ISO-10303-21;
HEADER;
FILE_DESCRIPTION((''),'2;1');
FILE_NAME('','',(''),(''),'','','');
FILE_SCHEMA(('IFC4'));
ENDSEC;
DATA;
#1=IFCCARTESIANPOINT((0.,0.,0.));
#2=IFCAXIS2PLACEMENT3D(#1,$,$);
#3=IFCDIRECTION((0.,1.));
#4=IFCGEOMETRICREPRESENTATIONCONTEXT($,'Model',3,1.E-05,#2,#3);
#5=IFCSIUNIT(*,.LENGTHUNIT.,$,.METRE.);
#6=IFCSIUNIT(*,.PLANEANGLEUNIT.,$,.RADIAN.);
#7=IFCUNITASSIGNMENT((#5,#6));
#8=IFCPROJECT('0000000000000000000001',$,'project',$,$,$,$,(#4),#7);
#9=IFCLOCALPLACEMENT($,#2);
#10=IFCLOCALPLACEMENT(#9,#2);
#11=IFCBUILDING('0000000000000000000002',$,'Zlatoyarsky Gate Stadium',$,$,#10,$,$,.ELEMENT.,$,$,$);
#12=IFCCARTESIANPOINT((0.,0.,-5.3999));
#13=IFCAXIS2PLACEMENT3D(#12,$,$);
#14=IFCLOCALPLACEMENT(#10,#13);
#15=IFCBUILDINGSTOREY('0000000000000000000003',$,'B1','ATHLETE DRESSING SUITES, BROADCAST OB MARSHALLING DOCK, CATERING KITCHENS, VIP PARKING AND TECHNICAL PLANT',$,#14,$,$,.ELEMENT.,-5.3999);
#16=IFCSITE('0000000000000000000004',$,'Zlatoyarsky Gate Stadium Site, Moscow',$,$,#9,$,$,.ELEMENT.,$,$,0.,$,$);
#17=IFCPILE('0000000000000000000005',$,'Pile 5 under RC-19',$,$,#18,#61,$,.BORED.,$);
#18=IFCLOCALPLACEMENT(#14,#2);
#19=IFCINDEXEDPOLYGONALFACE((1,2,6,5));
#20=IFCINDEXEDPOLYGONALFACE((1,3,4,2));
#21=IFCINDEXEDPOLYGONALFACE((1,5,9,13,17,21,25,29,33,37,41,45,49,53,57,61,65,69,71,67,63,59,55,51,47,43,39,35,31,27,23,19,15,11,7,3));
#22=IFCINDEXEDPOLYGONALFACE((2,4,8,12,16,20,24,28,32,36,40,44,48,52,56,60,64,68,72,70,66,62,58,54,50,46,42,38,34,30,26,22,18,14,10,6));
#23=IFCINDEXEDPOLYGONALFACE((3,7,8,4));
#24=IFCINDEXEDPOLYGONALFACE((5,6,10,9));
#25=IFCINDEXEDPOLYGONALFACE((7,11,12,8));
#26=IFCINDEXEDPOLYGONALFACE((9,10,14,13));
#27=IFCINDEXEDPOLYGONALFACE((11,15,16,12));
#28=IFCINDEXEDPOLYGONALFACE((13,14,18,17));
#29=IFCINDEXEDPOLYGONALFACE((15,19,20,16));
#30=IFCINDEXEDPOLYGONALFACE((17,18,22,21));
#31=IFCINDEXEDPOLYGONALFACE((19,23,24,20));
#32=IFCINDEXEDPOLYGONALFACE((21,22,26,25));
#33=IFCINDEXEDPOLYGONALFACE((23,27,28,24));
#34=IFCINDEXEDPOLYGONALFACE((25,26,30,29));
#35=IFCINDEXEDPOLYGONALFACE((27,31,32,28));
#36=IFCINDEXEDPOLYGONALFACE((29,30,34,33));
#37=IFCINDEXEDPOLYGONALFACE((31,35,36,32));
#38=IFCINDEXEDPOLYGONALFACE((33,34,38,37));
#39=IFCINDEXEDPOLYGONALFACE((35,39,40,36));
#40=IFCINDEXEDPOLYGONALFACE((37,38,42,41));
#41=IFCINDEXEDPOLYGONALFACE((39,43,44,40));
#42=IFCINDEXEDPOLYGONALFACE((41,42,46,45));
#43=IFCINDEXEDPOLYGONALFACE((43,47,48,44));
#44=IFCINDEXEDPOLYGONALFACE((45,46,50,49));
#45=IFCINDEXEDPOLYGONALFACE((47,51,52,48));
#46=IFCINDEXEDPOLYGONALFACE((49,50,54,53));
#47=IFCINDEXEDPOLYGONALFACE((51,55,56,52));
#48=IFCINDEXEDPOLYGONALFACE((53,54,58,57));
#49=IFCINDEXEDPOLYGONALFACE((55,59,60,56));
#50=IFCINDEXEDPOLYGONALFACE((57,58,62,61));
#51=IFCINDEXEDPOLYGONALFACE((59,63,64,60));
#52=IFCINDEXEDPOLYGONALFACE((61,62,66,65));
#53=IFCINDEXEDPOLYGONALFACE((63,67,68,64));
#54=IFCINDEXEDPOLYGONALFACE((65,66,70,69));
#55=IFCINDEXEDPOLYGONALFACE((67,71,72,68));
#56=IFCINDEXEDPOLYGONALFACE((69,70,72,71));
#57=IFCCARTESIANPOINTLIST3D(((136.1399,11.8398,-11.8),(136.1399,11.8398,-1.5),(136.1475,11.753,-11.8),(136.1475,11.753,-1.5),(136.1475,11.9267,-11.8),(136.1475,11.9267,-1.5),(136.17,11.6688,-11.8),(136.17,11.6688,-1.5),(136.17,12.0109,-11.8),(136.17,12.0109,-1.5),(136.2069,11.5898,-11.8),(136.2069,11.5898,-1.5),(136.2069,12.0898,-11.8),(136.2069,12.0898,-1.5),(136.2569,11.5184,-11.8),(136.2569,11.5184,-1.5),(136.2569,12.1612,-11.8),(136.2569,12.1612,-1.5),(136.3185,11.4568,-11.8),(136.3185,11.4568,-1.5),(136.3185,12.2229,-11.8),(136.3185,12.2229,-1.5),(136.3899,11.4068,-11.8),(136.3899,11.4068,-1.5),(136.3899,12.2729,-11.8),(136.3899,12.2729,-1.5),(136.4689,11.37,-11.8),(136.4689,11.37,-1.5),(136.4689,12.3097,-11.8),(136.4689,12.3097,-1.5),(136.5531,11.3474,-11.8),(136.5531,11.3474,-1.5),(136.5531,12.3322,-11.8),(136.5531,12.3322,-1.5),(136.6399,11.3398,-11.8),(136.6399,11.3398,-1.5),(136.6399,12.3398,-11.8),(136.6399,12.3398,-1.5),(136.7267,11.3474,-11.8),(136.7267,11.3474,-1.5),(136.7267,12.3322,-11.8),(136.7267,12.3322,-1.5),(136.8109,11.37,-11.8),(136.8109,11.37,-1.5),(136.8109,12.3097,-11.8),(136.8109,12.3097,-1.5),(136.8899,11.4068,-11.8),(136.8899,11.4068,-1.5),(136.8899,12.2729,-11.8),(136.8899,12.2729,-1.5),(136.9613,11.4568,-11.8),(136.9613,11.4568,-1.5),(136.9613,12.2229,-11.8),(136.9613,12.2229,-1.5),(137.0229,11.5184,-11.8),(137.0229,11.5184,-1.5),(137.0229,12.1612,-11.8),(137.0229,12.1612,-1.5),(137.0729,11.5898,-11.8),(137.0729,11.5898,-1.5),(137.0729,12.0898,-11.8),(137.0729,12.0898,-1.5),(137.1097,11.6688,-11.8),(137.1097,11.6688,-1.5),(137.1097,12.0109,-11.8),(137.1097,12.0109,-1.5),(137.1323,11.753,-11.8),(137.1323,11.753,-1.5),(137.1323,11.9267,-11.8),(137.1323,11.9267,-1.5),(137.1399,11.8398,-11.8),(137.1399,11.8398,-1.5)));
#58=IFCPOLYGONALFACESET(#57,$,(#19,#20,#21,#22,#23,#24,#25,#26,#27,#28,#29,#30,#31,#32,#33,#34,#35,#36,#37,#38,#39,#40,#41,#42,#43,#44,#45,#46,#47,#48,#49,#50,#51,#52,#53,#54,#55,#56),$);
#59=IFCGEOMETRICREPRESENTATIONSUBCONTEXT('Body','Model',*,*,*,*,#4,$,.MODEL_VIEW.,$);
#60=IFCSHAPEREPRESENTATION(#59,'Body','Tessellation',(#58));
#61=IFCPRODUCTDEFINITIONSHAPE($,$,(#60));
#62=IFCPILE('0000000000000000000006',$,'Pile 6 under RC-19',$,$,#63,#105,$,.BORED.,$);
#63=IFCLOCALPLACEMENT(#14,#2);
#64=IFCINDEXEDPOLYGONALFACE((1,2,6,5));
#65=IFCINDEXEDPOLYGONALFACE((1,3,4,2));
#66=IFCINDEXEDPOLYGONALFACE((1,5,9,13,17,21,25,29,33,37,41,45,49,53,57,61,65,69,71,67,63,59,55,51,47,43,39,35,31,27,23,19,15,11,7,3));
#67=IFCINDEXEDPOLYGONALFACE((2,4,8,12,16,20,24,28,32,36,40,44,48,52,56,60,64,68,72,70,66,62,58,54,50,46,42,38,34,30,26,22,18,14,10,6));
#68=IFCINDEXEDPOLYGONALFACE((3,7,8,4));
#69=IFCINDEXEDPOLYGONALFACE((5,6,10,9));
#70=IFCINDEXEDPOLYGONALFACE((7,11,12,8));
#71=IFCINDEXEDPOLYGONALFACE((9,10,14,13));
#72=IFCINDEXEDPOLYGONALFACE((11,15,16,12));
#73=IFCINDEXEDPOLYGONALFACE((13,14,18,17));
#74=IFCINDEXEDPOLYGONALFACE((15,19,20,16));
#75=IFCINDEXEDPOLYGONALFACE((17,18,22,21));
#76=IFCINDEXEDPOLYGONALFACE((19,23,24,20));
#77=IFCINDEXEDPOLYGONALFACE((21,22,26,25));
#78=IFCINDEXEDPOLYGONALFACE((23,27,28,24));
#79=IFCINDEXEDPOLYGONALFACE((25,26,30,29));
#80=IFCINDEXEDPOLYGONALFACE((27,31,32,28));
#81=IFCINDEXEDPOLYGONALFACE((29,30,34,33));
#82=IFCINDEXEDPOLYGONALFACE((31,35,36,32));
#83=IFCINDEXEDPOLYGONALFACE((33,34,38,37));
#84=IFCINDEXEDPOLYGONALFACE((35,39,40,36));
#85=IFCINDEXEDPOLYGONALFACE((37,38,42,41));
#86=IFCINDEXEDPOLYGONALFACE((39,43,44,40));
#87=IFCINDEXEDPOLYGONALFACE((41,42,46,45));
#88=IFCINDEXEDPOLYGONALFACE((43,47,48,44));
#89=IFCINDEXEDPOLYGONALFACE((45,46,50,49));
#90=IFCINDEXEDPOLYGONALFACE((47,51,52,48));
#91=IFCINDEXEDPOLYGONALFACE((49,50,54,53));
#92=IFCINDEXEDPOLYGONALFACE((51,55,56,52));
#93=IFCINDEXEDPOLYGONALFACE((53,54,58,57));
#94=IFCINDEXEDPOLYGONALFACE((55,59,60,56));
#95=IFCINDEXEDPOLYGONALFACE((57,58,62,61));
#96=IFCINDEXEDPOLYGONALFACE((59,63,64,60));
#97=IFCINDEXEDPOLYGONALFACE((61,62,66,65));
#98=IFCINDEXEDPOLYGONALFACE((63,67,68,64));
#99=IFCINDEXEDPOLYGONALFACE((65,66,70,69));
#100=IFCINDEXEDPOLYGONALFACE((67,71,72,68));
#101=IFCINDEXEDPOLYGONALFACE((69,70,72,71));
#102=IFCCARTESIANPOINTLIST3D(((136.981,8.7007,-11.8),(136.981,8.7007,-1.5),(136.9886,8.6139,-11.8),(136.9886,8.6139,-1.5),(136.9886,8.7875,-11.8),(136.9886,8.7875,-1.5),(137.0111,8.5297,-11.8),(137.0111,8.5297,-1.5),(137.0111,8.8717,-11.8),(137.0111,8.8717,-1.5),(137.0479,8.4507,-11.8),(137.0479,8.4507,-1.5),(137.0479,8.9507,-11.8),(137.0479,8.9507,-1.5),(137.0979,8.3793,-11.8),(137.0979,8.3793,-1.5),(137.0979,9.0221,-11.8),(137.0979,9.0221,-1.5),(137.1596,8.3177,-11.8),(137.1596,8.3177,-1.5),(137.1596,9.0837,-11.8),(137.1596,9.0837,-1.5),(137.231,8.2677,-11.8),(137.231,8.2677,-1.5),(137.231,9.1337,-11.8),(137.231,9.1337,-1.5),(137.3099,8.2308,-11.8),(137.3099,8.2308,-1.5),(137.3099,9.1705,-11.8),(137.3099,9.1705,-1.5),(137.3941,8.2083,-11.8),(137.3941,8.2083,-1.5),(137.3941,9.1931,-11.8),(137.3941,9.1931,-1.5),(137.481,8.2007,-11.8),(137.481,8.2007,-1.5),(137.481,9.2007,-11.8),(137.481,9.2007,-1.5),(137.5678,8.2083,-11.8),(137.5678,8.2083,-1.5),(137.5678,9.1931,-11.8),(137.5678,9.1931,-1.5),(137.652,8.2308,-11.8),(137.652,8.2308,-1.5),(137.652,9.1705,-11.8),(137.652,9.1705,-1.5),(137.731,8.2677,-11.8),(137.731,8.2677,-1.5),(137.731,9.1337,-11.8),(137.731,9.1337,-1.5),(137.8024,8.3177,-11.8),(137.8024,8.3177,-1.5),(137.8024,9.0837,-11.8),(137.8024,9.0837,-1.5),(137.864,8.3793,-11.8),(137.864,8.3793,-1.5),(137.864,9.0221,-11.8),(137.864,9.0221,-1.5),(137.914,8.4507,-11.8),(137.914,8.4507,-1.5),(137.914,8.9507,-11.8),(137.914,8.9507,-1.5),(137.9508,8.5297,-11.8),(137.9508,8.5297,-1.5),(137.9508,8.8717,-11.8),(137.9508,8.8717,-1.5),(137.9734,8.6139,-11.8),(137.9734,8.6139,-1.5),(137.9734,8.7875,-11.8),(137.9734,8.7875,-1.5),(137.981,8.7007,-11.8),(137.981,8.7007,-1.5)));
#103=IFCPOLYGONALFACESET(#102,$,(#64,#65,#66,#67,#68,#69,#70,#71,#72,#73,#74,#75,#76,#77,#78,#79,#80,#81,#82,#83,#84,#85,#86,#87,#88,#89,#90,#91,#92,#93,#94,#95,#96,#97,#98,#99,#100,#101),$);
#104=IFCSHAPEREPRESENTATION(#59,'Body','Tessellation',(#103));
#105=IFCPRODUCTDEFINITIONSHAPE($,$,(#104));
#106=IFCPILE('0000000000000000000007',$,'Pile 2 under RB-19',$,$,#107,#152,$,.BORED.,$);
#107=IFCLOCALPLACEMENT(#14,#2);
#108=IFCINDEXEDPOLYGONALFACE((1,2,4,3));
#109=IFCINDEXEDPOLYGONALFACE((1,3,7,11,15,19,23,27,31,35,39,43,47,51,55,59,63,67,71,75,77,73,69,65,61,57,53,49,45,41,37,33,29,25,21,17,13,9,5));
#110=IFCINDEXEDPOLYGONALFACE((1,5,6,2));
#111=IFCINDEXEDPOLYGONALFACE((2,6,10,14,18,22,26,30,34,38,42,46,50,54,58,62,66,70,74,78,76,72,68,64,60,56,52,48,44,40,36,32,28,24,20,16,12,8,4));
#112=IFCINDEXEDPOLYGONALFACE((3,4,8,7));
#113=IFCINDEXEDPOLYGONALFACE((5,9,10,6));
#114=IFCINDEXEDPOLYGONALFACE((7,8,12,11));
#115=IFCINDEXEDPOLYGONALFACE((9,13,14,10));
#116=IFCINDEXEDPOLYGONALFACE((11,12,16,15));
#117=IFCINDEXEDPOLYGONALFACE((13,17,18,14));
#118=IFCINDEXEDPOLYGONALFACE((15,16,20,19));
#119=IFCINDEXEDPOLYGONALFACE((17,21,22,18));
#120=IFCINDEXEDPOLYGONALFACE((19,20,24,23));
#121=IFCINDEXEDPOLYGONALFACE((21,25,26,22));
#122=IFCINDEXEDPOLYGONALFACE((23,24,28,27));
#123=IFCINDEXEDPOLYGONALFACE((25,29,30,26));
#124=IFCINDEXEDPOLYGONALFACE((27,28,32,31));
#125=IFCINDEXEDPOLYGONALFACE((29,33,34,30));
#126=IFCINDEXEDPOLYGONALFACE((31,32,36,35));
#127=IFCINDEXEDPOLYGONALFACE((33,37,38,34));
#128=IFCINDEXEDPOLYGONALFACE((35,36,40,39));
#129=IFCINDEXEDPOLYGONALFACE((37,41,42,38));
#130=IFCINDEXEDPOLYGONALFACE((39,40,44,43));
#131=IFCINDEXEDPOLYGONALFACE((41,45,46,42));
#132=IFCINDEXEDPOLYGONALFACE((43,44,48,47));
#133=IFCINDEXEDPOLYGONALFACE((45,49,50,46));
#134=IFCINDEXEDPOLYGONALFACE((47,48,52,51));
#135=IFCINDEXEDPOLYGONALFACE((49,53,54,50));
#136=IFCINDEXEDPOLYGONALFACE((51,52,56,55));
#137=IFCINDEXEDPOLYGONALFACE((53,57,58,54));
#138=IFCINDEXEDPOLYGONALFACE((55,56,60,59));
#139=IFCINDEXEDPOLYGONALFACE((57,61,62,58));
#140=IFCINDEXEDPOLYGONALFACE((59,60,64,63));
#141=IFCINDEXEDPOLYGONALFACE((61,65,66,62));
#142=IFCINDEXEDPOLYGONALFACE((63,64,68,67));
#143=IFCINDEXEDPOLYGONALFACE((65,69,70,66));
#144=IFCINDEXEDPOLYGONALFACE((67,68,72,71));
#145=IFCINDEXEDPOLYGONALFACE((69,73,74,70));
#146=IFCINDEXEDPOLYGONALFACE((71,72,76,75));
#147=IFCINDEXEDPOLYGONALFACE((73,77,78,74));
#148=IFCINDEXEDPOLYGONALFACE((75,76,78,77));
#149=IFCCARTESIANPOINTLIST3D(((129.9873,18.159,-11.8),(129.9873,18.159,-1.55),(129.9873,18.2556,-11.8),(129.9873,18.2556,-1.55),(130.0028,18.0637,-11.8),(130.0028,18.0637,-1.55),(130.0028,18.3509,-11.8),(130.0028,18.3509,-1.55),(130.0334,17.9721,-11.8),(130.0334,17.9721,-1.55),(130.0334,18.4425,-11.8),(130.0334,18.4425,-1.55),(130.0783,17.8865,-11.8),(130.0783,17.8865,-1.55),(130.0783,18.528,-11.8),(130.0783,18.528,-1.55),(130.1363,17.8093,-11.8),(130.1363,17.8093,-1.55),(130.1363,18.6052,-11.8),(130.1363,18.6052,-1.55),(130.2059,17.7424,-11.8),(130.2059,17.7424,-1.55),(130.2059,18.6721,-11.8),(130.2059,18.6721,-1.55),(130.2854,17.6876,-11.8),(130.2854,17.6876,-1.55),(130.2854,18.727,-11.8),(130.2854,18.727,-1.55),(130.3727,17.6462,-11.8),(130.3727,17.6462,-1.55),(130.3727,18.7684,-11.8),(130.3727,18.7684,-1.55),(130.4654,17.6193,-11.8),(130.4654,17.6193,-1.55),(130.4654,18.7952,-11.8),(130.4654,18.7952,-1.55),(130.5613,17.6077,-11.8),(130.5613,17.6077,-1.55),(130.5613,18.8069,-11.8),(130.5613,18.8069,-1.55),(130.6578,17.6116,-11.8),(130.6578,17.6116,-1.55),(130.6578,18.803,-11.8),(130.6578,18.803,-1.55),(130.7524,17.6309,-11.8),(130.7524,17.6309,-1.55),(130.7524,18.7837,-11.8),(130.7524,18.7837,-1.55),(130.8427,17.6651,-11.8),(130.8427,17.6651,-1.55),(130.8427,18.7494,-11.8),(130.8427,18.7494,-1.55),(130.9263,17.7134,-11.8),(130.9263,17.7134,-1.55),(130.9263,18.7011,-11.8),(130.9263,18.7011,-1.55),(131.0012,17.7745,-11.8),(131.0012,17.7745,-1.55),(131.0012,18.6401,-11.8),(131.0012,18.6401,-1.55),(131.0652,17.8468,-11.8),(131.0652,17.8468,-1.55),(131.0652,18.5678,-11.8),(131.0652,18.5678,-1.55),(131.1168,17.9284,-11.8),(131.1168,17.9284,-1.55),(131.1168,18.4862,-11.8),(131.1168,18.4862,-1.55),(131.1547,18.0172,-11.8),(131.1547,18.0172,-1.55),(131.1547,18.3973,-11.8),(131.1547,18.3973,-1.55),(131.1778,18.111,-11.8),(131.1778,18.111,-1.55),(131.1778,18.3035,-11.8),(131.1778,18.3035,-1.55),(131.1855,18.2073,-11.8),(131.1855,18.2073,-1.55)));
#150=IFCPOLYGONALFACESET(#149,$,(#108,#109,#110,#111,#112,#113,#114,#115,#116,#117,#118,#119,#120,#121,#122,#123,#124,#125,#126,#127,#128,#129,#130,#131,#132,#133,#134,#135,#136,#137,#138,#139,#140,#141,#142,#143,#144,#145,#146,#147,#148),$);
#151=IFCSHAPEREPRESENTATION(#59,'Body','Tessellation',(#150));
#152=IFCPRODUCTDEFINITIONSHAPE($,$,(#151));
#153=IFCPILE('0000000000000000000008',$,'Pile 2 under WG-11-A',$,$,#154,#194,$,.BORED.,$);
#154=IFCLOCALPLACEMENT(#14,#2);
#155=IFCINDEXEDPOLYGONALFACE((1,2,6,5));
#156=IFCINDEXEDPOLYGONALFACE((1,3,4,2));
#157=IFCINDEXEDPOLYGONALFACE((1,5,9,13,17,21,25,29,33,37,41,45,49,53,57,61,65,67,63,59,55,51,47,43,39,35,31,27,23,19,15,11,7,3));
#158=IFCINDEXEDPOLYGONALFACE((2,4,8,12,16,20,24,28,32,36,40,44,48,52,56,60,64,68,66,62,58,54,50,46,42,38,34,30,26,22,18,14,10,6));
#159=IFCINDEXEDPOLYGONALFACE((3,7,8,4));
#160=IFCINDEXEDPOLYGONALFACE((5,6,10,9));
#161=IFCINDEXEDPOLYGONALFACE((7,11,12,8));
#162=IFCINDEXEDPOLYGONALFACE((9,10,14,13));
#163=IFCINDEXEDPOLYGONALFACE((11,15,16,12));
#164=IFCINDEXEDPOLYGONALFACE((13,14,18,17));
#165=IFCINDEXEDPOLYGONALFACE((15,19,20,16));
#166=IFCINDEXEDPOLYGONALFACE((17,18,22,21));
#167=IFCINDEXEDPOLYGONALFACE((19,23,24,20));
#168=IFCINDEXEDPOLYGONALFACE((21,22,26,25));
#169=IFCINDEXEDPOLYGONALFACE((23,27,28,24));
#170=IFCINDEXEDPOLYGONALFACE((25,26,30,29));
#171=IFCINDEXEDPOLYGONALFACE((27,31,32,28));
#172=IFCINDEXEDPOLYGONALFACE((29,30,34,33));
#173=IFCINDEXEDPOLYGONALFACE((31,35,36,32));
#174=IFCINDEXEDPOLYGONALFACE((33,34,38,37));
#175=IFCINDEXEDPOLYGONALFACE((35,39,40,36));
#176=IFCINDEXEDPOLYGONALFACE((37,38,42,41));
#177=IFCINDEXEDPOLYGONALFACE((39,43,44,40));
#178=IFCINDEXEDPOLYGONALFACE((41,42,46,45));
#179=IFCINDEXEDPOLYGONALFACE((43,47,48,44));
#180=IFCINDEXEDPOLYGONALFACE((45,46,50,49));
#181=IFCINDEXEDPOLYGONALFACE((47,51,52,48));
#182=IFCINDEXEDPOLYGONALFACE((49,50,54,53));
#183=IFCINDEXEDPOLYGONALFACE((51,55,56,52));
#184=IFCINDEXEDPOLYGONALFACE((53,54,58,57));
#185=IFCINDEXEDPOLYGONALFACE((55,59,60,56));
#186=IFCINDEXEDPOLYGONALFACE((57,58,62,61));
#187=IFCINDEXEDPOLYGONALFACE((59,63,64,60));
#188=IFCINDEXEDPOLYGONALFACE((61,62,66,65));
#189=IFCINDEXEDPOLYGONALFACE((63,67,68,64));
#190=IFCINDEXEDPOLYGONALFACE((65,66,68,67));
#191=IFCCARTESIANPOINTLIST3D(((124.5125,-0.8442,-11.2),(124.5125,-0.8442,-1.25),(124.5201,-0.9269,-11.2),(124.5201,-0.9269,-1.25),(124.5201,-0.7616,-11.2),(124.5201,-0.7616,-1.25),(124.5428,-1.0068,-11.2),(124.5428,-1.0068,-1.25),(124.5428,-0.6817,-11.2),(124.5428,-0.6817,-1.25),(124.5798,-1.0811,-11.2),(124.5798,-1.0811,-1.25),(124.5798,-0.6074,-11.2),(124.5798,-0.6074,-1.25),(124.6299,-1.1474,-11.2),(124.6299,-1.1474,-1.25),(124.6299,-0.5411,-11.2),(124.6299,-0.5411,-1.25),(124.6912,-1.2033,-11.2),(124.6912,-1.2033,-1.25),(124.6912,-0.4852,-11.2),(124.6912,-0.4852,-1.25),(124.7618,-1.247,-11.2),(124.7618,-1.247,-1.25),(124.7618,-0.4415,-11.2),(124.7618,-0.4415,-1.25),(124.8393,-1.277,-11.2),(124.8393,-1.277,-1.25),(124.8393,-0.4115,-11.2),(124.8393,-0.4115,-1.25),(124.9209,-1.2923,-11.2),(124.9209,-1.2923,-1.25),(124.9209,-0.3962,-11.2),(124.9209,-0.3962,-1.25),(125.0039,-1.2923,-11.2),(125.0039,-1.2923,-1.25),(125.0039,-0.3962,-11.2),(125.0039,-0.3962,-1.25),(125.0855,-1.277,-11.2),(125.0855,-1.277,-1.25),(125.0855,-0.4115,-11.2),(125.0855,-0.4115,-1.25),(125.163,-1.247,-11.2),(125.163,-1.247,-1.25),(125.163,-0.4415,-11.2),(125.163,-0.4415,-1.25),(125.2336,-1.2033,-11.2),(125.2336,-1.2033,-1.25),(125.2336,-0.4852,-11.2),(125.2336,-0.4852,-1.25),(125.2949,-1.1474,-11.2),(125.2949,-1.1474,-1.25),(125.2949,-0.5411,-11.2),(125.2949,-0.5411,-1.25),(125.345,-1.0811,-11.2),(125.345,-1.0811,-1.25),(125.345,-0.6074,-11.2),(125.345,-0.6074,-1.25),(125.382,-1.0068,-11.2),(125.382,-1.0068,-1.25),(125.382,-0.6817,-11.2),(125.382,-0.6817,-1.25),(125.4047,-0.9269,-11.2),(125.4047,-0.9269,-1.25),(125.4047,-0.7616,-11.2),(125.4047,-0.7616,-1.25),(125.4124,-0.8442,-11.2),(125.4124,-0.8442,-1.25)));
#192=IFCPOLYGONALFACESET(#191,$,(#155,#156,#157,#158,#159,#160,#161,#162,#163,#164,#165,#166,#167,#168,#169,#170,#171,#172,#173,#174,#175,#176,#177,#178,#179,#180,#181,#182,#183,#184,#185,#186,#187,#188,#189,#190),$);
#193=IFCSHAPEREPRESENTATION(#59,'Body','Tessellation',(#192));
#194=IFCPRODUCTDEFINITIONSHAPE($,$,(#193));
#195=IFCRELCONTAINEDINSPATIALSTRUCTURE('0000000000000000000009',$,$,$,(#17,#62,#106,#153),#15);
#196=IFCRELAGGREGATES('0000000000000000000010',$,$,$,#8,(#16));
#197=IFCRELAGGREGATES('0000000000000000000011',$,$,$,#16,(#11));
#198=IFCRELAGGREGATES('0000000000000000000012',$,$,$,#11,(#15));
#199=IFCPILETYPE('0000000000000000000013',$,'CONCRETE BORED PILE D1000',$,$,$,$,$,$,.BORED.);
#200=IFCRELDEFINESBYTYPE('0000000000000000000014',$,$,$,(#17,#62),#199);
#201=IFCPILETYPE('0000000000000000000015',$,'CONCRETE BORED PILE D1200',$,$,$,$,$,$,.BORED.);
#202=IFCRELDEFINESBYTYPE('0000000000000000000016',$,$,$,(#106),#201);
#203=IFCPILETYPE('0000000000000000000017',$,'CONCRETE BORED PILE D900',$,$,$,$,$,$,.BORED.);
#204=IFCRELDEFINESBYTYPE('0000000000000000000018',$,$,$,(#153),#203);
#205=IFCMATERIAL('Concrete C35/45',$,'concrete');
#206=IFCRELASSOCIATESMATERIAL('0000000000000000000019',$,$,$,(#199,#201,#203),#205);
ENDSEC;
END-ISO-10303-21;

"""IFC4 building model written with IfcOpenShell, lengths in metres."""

from ifc_helpers import new_model, si_unit, direction, frame, origin, origin_2d, place, context, subcontext, project, spatial, circle, extrude, material, material_profile, profile_set, type_object, element, save


model = new_model("IFC4")

# Units and contexts
model_context = context("Model", 3, precision=1e-05, world=origin(), true_north=direction((0.0, 1.0)))
body_context = subcontext(model_context, "Body", "Model", "MODEL_VIEW")
ifc_project = project(units=[si_unit("LENGTHUNIT", "METRE"), si_unit("PLANEANGLEUNIT", "RADIAN")], contexts=[model_context])

# Site, building, storey
site_placement = place(None, origin())
site = spatial("IfcSite", under=ifc_project, at=site_placement, Name="Zlatoyarsky Gate Stadium Site, Moscow", CompositionType="ELEMENT", RefElevation=0.0)
building_placement = place(site_placement, origin())
building = spatial("IfcBuilding", under=site, at=building_placement, Name="Zlatoyarsky Gate Stadium", CompositionType="ELEMENT")
storey_placement = place(building_placement, frame((0.0, 0.0, -5.3999)))
storey = spatial("IfcBuildingStorey", under=building, at=storey_placement, Name="B1", Description="ATHLETE DRESSING SUITES, BROADCAST OB MARSHALLING DOCK, CATERING KITCHENS, VIP PARKING AND TECHNICAL PLANT", CompositionType="ELEMENT", Elevation=-5.3999)

# Piles
ifc_material_1 = material(Name="Concrete C35/45", Category="concrete")
ifc_material_profile_1 = material_profile(ifc_material_1, circle(Radius=0.5, at=origin_2d()), Name="BORED PILE D1000")
ifc_profile_set_1 = profile_set([ifc_material_profile_1], Name="Concrete C35/45")
pile_type_1 = type_object("IfcPileType", Name="CONCRETE BORED PILE D1000", PredefinedType="BORED", material=ifc_profile_set_1)
for number, where, z_axis, x_axis, name in (
    (1, (136.6399, 11.8398, -1.5), (0.0, 0.0, -1.0), (1.0, 0.0, 0.0), "Pile 5 under RC-19"),
    (2, (137.481, 8.7007, -1.5), (0.0, 0.0, -1.0), (1.0, 0.0, 0.0), "Pile 6 under RC-19"),
):
    element("IfcPile", number, at=place(storey_placement, frame(where, z_axis=z_axis, x_axis=x_axis)), inside=storey, type_object=pile_type_1, Name=name, PredefinedType="BORED", context=body_context, shape_type="SweptSolid", body=[
        extrude(circle(Radius=0.5, at=origin_2d()), origin(), (0.0, 0.0, 1.0), 10.3),
    ])
ifc_material_profile_2 = material_profile(ifc_material_1, circle(Radius=0.6001, at=origin_2d()), Name="BORED PILE D1200")
ifc_profile_set_2 = profile_set([ifc_material_profile_2], Name="Concrete C35/45")
pile_type_2 = type_object("IfcPileType", Name="CONCRETE BORED PILE D1200", PredefinedType="BORED", material=ifc_profile_set_2)
pile_placement = place(storey_placement, frame((130.5854, 18.2073, -1.55), z_axis=(0.0, 0.0, -1.0), x_axis=(1.0, 0.0, 0.0)))
element("IfcPile", 3, at=pile_placement, inside=storey, type_object=pile_type_2, Name="Pile 2 under RB-19", PredefinedType="BORED", context=body_context, shape_type="SweptSolid", body=[
    extrude(circle(Radius=0.6001, at=origin_2d()), origin(), (0.0, 0.0, 1.0), 10.25),
])
ifc_material_profile_3 = material_profile(ifc_material_1, circle(Radius=0.45, at=origin_2d()), Name="BORED PILE D900")
ifc_profile_set_3 = profile_set([ifc_material_profile_3], Name="Concrete C35/45")
pile_type_3 = type_object("IfcPileType", Name="CONCRETE BORED PILE D900", PredefinedType="BORED", material=ifc_profile_set_3)
for number, where, z_axis, x_axis, name in (
    (4, (124.9624, -0.8442, -1.25), (0.0, 0.0, -1.0), (1.0, 0.0, 0.0), "Pile 2 under WG-11-A"),
):
    element("IfcPile", number, at=place(storey_placement, frame(where, z_axis=z_axis, x_axis=x_axis)), inside=storey, type_object=pile_type_3, Name=name, PredefinedType="BORED", context=body_context, shape_type="SweptSolid", body=[
        extrude(circle(Radius=0.45, at=origin_2d()), origin(), (0.0, 0.0, 1.0), 9.95),
    ])

save(model, "model.ifc")
